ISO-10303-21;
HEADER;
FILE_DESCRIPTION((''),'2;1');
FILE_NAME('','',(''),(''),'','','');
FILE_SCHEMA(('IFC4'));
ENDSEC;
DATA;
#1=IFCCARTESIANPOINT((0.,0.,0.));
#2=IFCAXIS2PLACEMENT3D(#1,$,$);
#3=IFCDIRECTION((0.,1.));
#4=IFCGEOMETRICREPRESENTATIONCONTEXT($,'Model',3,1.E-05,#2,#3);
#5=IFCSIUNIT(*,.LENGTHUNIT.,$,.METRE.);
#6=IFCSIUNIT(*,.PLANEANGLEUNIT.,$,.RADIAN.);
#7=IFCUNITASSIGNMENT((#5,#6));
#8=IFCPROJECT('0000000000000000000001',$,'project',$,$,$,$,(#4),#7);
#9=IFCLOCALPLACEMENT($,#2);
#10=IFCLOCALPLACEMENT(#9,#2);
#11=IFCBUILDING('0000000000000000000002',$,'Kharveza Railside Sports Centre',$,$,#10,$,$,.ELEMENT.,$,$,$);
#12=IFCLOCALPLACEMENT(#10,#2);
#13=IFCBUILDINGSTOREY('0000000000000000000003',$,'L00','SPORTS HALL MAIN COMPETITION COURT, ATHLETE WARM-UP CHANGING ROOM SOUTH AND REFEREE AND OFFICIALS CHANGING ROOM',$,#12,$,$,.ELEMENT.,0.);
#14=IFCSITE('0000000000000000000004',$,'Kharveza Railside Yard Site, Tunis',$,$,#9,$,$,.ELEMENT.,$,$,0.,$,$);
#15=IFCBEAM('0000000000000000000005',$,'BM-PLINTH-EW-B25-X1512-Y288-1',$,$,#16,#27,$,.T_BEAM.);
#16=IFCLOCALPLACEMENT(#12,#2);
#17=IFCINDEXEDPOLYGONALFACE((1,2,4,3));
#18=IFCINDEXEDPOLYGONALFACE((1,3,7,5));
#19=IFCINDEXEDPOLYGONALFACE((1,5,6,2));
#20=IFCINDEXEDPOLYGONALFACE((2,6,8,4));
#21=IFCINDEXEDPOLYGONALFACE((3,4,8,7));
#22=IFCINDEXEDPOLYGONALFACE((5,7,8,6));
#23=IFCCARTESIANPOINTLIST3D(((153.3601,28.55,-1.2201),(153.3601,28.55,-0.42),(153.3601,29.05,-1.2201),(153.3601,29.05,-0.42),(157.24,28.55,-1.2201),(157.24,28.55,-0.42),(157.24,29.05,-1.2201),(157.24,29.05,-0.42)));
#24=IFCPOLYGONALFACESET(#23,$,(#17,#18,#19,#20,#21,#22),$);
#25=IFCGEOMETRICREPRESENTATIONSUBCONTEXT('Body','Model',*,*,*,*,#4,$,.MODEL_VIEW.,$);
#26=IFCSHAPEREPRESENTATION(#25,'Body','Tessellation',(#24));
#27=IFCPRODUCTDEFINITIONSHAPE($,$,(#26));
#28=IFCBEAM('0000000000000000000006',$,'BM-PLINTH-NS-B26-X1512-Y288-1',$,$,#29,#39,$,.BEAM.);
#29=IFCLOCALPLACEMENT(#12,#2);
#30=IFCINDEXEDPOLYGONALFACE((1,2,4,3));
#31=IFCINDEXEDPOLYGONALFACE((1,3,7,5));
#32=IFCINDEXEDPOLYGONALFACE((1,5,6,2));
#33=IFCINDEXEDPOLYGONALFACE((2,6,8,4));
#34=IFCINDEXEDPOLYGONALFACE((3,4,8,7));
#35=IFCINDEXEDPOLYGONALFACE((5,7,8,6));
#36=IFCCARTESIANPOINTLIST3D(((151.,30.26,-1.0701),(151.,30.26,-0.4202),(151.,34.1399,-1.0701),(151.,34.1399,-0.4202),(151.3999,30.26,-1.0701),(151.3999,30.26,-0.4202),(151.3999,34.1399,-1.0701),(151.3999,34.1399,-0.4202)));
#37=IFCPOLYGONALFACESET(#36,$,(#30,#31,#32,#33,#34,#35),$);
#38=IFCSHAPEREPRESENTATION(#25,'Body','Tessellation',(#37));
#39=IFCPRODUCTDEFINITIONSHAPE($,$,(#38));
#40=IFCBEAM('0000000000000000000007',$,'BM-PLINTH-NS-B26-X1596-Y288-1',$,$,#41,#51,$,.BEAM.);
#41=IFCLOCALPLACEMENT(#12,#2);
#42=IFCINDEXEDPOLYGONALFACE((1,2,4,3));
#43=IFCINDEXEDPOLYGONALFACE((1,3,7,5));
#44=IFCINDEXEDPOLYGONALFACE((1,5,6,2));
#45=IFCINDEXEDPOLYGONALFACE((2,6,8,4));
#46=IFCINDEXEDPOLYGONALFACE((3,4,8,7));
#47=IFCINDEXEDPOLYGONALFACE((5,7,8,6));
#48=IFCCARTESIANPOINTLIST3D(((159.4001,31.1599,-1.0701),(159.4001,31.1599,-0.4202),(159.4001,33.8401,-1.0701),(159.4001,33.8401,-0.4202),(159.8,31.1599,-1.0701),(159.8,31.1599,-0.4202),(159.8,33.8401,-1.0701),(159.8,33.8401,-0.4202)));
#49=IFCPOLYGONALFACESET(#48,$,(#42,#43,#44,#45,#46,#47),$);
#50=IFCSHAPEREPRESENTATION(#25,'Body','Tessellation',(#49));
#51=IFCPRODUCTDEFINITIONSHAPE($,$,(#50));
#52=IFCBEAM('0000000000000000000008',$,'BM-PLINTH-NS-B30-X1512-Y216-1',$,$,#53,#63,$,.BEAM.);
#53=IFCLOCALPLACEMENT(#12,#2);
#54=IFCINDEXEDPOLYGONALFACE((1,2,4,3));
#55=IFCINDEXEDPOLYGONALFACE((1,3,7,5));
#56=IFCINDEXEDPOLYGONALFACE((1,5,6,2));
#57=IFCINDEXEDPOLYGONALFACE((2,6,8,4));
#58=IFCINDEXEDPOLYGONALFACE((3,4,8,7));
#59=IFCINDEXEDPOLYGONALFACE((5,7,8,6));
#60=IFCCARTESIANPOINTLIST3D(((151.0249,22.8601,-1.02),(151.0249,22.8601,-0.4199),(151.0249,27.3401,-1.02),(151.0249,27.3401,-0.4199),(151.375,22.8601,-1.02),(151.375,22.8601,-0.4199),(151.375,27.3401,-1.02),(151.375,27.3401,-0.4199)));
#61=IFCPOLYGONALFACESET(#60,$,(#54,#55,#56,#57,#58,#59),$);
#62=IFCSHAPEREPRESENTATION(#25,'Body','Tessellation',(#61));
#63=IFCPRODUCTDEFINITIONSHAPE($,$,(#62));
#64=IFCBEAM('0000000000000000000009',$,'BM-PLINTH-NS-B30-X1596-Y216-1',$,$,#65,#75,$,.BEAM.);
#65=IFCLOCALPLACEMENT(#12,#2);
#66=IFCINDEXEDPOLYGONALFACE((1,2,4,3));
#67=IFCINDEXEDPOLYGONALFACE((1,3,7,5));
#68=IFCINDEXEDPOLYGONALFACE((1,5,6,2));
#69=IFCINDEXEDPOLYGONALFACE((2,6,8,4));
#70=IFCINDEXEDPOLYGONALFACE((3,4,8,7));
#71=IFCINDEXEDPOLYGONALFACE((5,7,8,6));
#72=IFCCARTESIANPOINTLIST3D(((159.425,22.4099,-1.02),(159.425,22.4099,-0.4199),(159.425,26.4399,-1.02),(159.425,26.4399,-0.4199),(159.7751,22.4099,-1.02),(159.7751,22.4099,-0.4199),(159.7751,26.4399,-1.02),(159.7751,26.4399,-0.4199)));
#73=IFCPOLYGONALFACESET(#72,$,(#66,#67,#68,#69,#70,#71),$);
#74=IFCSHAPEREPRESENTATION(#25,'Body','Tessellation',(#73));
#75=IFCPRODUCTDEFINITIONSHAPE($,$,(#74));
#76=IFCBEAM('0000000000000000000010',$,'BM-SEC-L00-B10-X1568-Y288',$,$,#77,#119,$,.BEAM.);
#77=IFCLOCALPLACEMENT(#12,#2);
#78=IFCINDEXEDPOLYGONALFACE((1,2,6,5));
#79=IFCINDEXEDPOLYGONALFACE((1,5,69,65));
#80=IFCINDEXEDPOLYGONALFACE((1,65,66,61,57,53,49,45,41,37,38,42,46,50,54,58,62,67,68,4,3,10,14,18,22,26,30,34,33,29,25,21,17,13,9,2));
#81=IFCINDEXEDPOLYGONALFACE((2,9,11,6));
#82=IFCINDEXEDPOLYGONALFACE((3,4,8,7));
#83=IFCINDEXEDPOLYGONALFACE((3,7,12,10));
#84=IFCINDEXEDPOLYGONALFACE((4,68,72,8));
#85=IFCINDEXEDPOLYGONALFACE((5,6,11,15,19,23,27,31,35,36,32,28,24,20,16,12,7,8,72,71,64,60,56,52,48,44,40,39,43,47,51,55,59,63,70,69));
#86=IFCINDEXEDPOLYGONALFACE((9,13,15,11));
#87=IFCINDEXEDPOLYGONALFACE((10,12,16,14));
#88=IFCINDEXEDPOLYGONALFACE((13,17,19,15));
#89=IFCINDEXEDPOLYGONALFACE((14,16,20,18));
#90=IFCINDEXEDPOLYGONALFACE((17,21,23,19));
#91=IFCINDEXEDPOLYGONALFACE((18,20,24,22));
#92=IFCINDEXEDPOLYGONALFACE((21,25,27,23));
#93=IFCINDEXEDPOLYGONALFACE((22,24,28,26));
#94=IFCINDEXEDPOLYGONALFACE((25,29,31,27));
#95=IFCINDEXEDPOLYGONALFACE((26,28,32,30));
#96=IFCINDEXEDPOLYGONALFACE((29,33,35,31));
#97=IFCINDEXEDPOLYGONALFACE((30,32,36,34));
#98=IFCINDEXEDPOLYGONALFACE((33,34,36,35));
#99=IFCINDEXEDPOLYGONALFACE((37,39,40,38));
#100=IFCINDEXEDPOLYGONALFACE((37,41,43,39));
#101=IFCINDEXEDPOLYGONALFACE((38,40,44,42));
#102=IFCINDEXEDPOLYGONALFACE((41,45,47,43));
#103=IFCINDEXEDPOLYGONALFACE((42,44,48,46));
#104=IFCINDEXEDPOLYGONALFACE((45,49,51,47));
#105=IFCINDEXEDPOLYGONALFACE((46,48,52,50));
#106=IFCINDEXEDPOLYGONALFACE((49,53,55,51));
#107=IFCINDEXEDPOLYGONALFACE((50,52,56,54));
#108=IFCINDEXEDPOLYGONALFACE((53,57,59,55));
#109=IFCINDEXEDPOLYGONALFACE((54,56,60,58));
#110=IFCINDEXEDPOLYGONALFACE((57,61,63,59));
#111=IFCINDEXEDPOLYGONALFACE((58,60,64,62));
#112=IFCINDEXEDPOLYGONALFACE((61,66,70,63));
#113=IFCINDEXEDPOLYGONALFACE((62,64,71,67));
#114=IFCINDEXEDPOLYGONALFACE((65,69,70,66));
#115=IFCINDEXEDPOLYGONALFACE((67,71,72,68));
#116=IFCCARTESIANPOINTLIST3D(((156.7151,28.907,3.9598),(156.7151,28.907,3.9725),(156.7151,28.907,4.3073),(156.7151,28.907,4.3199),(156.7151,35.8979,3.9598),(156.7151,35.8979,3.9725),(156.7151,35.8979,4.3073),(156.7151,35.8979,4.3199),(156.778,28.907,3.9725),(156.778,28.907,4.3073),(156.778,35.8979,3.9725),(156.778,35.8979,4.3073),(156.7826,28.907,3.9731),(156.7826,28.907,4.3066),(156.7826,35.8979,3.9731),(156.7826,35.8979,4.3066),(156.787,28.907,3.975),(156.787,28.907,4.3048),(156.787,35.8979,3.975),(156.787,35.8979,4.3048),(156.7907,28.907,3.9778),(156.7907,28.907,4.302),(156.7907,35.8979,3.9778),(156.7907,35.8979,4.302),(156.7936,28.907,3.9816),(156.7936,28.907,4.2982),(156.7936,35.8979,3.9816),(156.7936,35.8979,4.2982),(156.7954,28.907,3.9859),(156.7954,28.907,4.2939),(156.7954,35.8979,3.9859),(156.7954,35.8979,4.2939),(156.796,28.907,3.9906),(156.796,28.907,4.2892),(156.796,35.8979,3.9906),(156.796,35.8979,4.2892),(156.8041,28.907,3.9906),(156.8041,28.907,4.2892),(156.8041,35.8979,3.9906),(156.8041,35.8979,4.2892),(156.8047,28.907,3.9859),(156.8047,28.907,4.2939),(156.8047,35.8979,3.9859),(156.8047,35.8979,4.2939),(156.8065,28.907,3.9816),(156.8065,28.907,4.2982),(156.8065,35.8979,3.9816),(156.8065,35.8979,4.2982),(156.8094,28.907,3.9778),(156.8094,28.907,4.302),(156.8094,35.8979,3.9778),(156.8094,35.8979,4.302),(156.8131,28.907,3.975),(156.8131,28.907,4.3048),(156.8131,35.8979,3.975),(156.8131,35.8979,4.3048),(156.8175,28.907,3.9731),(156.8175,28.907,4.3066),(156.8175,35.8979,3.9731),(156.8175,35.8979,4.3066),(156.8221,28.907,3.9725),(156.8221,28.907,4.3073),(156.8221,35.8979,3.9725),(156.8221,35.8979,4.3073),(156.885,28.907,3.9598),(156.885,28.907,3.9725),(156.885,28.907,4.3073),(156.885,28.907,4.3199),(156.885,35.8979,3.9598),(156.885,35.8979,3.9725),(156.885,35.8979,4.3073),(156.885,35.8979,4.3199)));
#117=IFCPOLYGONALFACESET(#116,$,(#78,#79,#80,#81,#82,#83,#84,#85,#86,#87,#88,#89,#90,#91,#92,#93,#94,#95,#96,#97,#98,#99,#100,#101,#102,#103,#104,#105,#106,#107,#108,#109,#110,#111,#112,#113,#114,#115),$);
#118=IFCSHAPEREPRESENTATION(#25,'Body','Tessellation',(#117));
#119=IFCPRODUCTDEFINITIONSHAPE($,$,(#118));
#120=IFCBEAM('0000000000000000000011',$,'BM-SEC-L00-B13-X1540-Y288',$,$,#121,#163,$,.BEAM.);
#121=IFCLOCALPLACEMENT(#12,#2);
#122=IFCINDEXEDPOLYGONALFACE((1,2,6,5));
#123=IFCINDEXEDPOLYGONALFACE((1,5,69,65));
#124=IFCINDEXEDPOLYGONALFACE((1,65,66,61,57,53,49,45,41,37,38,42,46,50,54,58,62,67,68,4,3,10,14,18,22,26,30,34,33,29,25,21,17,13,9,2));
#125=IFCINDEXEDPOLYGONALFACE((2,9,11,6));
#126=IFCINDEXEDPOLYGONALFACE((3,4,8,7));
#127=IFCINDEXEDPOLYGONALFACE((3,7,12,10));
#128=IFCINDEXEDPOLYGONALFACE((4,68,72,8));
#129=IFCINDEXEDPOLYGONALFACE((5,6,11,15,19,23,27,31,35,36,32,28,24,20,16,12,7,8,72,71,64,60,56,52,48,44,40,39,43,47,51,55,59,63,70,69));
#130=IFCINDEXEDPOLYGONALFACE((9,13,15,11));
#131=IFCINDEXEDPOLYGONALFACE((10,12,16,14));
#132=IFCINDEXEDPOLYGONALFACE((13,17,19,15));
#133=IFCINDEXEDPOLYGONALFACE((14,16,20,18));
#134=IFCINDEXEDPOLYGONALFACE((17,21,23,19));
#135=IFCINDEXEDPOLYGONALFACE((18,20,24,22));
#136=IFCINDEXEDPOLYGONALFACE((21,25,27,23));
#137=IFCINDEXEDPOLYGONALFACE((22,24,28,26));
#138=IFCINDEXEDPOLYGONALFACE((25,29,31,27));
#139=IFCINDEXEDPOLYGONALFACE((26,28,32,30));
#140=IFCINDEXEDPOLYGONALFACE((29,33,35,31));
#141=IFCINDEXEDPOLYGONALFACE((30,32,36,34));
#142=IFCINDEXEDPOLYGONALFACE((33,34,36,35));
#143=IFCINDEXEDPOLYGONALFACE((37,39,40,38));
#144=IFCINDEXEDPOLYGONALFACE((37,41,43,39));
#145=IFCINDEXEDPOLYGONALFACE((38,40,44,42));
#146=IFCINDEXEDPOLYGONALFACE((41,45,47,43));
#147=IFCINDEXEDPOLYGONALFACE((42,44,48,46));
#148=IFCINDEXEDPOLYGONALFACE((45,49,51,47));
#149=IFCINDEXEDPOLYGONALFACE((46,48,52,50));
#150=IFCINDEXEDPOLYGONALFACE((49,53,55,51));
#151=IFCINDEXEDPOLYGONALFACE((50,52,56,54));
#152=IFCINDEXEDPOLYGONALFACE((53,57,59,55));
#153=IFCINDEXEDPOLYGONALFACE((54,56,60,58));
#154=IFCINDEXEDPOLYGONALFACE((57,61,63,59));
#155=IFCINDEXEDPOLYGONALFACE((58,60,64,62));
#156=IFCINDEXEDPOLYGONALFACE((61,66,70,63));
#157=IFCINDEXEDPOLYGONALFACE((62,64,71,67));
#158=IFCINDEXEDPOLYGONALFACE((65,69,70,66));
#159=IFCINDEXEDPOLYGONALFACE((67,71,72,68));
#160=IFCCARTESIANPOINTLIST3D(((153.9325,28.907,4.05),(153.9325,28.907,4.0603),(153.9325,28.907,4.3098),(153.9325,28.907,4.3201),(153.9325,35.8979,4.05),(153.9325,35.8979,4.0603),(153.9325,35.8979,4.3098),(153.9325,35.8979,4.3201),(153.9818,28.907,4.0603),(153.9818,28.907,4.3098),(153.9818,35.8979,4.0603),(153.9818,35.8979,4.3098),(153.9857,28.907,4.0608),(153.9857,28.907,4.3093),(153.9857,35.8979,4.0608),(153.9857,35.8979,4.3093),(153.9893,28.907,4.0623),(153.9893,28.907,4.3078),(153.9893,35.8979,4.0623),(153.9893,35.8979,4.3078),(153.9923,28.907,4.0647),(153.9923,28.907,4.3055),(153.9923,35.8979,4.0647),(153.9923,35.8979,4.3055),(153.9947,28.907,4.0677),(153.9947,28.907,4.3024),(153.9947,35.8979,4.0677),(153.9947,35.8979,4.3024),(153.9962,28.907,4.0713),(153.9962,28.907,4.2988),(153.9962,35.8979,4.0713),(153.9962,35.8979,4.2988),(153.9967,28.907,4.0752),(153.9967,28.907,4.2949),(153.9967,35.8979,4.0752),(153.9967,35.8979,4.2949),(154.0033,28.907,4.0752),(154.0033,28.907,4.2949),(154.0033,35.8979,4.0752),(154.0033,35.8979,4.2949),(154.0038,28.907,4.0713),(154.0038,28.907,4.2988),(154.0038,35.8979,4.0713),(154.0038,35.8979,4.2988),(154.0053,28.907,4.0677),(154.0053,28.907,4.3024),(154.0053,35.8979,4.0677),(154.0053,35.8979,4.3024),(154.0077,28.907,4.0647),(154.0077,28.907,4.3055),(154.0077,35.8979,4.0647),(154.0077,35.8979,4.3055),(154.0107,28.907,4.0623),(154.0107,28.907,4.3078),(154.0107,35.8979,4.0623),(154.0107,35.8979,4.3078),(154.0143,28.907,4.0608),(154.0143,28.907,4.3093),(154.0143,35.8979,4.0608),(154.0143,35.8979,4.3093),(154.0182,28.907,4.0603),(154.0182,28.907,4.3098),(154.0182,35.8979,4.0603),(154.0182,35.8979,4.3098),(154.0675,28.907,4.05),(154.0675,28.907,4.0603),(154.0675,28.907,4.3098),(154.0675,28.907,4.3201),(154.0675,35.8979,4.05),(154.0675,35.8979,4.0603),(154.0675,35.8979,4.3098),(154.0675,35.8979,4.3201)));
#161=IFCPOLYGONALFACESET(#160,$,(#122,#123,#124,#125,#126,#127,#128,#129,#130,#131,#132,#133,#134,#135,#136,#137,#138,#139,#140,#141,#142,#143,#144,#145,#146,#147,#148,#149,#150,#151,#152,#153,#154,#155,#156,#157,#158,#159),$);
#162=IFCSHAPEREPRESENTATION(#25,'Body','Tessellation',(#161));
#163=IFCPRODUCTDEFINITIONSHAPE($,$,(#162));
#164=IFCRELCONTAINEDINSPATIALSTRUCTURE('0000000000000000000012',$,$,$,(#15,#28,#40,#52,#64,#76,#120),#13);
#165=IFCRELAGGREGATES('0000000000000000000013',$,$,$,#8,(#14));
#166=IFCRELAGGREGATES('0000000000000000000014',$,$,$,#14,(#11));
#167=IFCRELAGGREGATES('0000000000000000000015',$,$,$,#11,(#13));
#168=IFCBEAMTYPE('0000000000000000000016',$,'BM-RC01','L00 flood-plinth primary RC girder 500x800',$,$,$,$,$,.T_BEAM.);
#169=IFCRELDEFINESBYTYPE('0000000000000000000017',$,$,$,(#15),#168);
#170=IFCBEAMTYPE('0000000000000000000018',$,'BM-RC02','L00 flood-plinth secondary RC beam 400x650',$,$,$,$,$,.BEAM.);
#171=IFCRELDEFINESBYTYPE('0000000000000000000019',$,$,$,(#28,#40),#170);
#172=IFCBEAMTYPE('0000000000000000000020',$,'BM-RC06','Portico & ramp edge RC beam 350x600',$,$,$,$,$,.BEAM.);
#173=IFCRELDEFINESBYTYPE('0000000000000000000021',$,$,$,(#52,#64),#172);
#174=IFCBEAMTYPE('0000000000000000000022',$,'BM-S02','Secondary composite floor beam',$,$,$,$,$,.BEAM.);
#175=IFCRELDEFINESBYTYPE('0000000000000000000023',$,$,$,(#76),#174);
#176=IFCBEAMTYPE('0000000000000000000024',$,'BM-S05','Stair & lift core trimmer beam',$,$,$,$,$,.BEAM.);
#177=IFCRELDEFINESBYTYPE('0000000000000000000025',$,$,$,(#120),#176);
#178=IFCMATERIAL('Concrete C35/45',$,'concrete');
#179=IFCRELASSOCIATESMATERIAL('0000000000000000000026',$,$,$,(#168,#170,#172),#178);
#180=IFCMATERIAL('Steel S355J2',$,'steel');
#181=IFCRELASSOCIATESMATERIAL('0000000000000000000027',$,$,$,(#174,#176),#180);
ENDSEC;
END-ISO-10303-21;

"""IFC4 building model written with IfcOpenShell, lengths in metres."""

from ifc_helpers import new_model, si_unit, direction, frame, origin, origin_2d, place, context, subcontext, project, spatial, rectangle, i_section, extrude, material, material_profile, profile_set, type_object, element, save


model = new_model("IFC4")

# Units and contexts
model_context = context("Model", 3, precision=1e-05, world=origin(), true_north=direction((0.0, 1.0)))
body_context = subcontext(model_context, "Body", "Model", "MODEL_VIEW")
ifc_project = project(units=[si_unit("LENGTHUNIT", "METRE"), si_unit("PLANEANGLEUNIT", "RADIAN")], contexts=[model_context])

# Site, building, storey
site_placement = place(None, origin())
site = spatial("IfcSite", under=ifc_project, at=site_placement, Name="Kharveza Railside Yard Site, Tunis", CompositionType="ELEMENT", RefElevation=0.0)
building_placement = place(site_placement, origin())
building = spatial("IfcBuilding", under=site, at=building_placement, Name="Kharveza Railside Sports Centre", CompositionType="ELEMENT")
storey_placement = place(building_placement, origin())
storey = spatial("IfcBuildingStorey", under=building, at=storey_placement, Name="L00", Description="SPORTS HALL MAIN COMPETITION COURT, ATHLETE WARM-UP CHANGING ROOM SOUTH AND REFEREE AND OFFICIALS CHANGING ROOM", CompositionType="ELEMENT", Elevation=0.0)

# Shared definitions
ifc_material_1 = material(Name="Concrete C35/45", Category="concrete")

# Shared definitions
ifc_material_2 = material(Name="Steel S355J2", Category="steel")

# Beams
ifc_material_profile_1 = material_profile(ifc_material_1, rectangle(XDim=0.5, YDim=0.8, at=origin_2d()), Name="RCB 500x800")
ifc_profile_set_1 = profile_set([ifc_material_profile_1], Name="Concrete C35/45")
beam_type_1 = type_object("IfcBeamType", Name="BM-RC01", Description="L00 flood-plinth primary RC girder 500x800", PredefinedType="T_BEAM", material=ifc_profile_set_1)
beam_1_placement = place(storey_placement, frame((153.3601, 28.8, -0.8201), z_axis=(1.0, 0.0, 0.0), x_axis=(0.0, 1.0, 0.0)))
element("IfcBeam", 1, at=beam_1_placement, inside=storey, type_object=beam_type_1, Name="BM-PLINTH-EW-B25-X1512-Y288-1", PredefinedType="T_BEAM", context=body_context, shape_type="SweptSolid", body=[
    extrude(rectangle(XDim=0.5, YDim=0.8, at=origin_2d()), origin(), (0.0, 0.0, 1.0), 3.8799),
])
ifc_material_profile_2 = material_profile(ifc_material_1, rectangle(XDim=0.3999, YDim=0.6499, at=origin_2d()), Name="RCB 400x650")
ifc_profile_set_2 = profile_set([ifc_material_profile_2], Name="Concrete C35/45")
beam_type_2 = type_object("IfcBeamType", Name="BM-RC02", Description="L00 flood-plinth secondary RC beam 400x650", PredefinedType="BEAM", material=ifc_profile_set_2)
beam_2_placement = place(storey_placement, frame((151.2, 30.26, -0.7451), z_axis=(0.0, 1.0, 0.0), x_axis=(-1.0, 0.0, 0.0)))
element("IfcBeam", 2, at=beam_2_placement, inside=storey, type_object=beam_type_2, Name="BM-PLINTH-NS-B26-X1512-Y288-1", PredefinedType="BEAM", context=body_context, shape_type="SweptSolid", body=[
    extrude(rectangle(XDim=0.3999, YDim=0.6499, at=origin_2d()), origin(), (0.0, 0.0, 1.0), 3.8799),
])
beam_3_placement = place(storey_placement, frame((159.6001, 31.1599, -0.7451), z_axis=(0.0, 1.0, 0.0), x_axis=(-1.0, 0.0, 0.0)))
element("IfcBeam", 3, at=beam_3_placement, inside=storey, type_object=beam_type_2, Name="BM-PLINTH-NS-B26-X1596-Y288-1", PredefinedType="BEAM", context=body_context, shape_type="SweptSolid", body=[
    extrude(rectangle(XDim=0.3999, YDim=0.6499, at=origin_2d()), origin(), (0.0, 0.0, 1.0), 2.6802),
])
ifc_material_profile_3 = material_profile(ifc_material_1, rectangle(XDim=0.3501, YDim=0.6001, at=origin_2d()), Name="RCB 350x600")
ifc_profile_set_3 = profile_set([ifc_material_profile_3], Name="Concrete C35/45")
beam_type_3 = type_object("IfcBeamType", Name="BM-RC06", Description="Portico & ramp edge RC beam 350x600", PredefinedType="BEAM", material=ifc_profile_set_3)
beam_4_placement = place(storey_placement, frame((151.2, 22.8601, -0.72), z_axis=(0.0, 1.0, 0.0), x_axis=(-1.0, 0.0, 0.0)))
element("IfcBeam", 4, at=beam_4_placement, inside=storey, type_object=beam_type_3, Name="BM-PLINTH-NS-B30-X1512-Y216-1", PredefinedType="BEAM", context=body_context, shape_type="SweptSolid", body=[
    extrude(rectangle(XDim=0.3501, YDim=0.6001, at=origin_2d()), origin(), (0.0, 0.0, 1.0), 4.48),
])
beam_5_placement = place(storey_placement, frame((159.6001, 22.4099, -0.72), z_axis=(0.0, 1.0, 0.0), x_axis=(-1.0, 0.0, 0.0)))
element("IfcBeam", 5, at=beam_5_placement, inside=storey, type_object=beam_type_3, Name="BM-PLINTH-NS-B30-X1596-Y216-1", PredefinedType="BEAM", context=body_context, shape_type="SweptSolid", body=[
    extrude(rectangle(XDim=0.3501, YDim=0.6001, at=origin_2d()), origin(), (0.0, 0.0, 1.0), 4.03),
])
ifc_material_profile_4 = material_profile(ifc_material_2, i_section(OverallWidth=0.1699, OverallDepth=0.3601, WebThickness=0.0081, FlangeThickness=0.0127, FilletRadius=0.0181, at=origin_2d()), Name="IPE 360")
ifc_profile_set_4 = profile_set([ifc_material_profile_4], Name="Steel S355J2")
beam_type_4 = type_object("IfcBeamType", Name="BM-S02", Description="Secondary composite floor beam", PredefinedType="BEAM", material=ifc_profile_set_4)
beam_6_placement = place(storey_placement, frame((156.8, 28.907, 4.1399), z_axis=(0.0, 1.0, 0.0), x_axis=(-1.0, 0.0, 0.0)))
element("IfcBeam", 6, at=beam_6_placement, inside=storey, type_object=beam_type_4, Name="BM-SEC-L00-B10-X1568-Y288", PredefinedType="BEAM", context=body_context, shape_type="SweptSolid", body=[
    extrude(i_section(OverallWidth=0.1699, OverallDepth=0.3601, WebThickness=0.0081, FlangeThickness=0.0127, FilletRadius=0.0181, at=origin_2d()), origin(), (0.0, 0.0, 1.0), 6.991),
])
ifc_material_profile_5 = material_profile(ifc_material_2, i_section(OverallWidth=0.135, OverallDepth=0.27, WebThickness=0.0066, FlangeThickness=0.0103, FilletRadius=0.0149, at=origin_2d()), Name="IPE 270")
ifc_profile_set_5 = profile_set([ifc_material_profile_5], Name="Steel S355J2")
beam_type_5 = type_object("IfcBeamType", Name="BM-S05", Description="Stair & lift core trimmer beam", PredefinedType="BEAM", material=ifc_profile_set_5)
beam_7_placement = place(storey_placement, frame((154.0, 28.907, 4.1851), z_axis=(0.0, 1.0, 0.0), x_axis=(-1.0, 0.0, 0.0)))
element("IfcBeam", 7, at=beam_7_placement, inside=storey, type_object=beam_type_5, Name="BM-SEC-L00-B13-X1540-Y288", PredefinedType="BEAM", context=body_context, shape_type="SweptSolid", body=[
    extrude(i_section(OverallWidth=0.135, OverallDepth=0.27, WebThickness=0.0066, FlangeThickness=0.0103, FilletRadius=0.0149, at=origin_2d()), origin(), (0.0, 0.0, 1.0), 6.991),
])

save(model, "model.ifc")
